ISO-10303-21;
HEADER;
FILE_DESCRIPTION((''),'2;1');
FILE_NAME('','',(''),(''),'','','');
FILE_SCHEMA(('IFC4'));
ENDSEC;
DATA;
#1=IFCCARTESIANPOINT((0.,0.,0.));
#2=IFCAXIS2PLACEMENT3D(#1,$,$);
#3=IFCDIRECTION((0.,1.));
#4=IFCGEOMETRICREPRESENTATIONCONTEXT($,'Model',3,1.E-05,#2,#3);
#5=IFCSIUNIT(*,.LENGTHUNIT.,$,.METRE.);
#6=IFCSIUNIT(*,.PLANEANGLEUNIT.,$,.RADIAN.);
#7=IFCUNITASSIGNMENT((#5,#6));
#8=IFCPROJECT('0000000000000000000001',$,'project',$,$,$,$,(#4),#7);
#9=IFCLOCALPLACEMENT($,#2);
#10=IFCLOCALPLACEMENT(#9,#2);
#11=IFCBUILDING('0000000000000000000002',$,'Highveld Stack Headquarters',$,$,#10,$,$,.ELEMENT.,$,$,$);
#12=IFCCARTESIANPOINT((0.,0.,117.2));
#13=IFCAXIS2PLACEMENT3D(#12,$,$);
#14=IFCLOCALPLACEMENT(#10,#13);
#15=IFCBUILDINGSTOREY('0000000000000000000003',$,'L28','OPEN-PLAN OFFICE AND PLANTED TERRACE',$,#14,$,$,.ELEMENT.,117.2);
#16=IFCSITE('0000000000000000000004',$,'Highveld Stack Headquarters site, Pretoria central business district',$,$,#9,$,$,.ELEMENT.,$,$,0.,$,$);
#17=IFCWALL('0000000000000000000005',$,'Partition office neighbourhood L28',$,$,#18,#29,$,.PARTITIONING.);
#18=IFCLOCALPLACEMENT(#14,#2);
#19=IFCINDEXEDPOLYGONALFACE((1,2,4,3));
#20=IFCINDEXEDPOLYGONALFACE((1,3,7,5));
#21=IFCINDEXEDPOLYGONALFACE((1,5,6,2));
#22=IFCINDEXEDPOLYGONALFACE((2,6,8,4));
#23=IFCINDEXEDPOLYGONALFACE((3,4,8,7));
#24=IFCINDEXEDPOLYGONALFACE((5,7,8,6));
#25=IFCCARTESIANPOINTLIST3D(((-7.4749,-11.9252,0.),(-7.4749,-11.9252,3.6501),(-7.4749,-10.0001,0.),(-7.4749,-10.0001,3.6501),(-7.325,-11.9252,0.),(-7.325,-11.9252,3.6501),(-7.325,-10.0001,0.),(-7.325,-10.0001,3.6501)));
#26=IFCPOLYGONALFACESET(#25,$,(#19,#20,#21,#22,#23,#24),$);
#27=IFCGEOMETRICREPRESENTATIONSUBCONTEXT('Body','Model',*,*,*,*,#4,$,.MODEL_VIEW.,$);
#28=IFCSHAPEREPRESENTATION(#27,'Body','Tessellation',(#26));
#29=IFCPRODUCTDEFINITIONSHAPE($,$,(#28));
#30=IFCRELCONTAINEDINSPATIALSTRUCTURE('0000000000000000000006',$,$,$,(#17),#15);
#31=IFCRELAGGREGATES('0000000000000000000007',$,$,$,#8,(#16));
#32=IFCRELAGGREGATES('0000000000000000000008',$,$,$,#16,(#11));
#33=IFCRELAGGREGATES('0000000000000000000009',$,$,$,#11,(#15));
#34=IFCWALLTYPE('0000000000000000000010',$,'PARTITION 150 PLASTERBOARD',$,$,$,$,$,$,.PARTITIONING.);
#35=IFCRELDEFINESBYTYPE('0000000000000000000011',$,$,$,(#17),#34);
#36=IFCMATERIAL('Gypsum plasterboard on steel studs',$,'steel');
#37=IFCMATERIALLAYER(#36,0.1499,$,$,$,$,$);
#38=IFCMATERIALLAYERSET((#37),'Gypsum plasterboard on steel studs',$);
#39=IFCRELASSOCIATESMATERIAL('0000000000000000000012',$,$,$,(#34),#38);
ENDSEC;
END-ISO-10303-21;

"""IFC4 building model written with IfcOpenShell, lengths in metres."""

from ifc_helpers import new_model, si_unit, direction, frame, frame_2d, origin, place, context, subcontext, project, spatial, rectangle, extrude, material, layer, layer_set, type_object, element, save


model = new_model("IFC4")

# Units and contexts
model_context = context("Model", 3, precision=1e-05, world=origin(), true_north=direction((0.0, 1.0)))
body_context = subcontext(model_context, "Body", "Model", "MODEL_VIEW")
ifc_project = project(units=[si_unit("LENGTHUNIT", "METRE"), si_unit("PLANEANGLEUNIT", "RADIAN")], contexts=[model_context])

# Site, building, storey
site_placement = place(None, origin())
site = spatial("IfcSite", under=ifc_project, at=site_placement, Name="Highveld Stack Headquarters site, Pretoria central business district", CompositionType="ELEMENT", RefElevation=0.0)
building_placement = place(site_placement, origin())
building = spatial("IfcBuilding", under=site, at=building_placement, Name="Highveld Stack Headquarters", CompositionType="ELEMENT")
storey_placement = place(building_placement, frame((0.0, 0.0, 117.2)))
storey = spatial("IfcBuildingStorey", under=building, at=storey_placement, Name="L28", Description="OPEN-PLAN OFFICE AND PLANTED TERRACE", CompositionType="ELEMENT", Elevation=117.2)

# Shared definitions
ifc_material_1 = material(Name="Gypsum plasterboard on steel studs", Category="steel")
ifc_layer_1 = layer(ifc_material_1, 0.1499)
ifc_layer_set_1 = layer_set([ifc_layer_1], Name="Gypsum plasterboard on steel studs")
wall_type_1 = type_object("IfcWallType", Name="PARTITION 150 PLASTERBOARD", PredefinedType="PARTITIONING", material=ifc_layer_set_1)

# Wall
wall_1_placement = place(storey_placement, frame((-7.3999, -11.925, 0.0), z_axis=(0.0, 0.0, 1.0), x_axis=(0.0, 1.0, 0.0)))
element("IfcWall", 1, at=wall_1_placement, inside=storey, type_object=wall_type_1, Name="Partition office neighbourhood L28", PredefinedType="PARTITIONING", context=body_context, shape_type="SweptSolid", body=[
    extrude(rectangle(XDim=1.925, YDim=0.1499, at=frame_2d((0.9624, 0.0))), origin(), (0.0, 0.0, 1.0), 3.6501),
])

save(model, "model.ifc")
